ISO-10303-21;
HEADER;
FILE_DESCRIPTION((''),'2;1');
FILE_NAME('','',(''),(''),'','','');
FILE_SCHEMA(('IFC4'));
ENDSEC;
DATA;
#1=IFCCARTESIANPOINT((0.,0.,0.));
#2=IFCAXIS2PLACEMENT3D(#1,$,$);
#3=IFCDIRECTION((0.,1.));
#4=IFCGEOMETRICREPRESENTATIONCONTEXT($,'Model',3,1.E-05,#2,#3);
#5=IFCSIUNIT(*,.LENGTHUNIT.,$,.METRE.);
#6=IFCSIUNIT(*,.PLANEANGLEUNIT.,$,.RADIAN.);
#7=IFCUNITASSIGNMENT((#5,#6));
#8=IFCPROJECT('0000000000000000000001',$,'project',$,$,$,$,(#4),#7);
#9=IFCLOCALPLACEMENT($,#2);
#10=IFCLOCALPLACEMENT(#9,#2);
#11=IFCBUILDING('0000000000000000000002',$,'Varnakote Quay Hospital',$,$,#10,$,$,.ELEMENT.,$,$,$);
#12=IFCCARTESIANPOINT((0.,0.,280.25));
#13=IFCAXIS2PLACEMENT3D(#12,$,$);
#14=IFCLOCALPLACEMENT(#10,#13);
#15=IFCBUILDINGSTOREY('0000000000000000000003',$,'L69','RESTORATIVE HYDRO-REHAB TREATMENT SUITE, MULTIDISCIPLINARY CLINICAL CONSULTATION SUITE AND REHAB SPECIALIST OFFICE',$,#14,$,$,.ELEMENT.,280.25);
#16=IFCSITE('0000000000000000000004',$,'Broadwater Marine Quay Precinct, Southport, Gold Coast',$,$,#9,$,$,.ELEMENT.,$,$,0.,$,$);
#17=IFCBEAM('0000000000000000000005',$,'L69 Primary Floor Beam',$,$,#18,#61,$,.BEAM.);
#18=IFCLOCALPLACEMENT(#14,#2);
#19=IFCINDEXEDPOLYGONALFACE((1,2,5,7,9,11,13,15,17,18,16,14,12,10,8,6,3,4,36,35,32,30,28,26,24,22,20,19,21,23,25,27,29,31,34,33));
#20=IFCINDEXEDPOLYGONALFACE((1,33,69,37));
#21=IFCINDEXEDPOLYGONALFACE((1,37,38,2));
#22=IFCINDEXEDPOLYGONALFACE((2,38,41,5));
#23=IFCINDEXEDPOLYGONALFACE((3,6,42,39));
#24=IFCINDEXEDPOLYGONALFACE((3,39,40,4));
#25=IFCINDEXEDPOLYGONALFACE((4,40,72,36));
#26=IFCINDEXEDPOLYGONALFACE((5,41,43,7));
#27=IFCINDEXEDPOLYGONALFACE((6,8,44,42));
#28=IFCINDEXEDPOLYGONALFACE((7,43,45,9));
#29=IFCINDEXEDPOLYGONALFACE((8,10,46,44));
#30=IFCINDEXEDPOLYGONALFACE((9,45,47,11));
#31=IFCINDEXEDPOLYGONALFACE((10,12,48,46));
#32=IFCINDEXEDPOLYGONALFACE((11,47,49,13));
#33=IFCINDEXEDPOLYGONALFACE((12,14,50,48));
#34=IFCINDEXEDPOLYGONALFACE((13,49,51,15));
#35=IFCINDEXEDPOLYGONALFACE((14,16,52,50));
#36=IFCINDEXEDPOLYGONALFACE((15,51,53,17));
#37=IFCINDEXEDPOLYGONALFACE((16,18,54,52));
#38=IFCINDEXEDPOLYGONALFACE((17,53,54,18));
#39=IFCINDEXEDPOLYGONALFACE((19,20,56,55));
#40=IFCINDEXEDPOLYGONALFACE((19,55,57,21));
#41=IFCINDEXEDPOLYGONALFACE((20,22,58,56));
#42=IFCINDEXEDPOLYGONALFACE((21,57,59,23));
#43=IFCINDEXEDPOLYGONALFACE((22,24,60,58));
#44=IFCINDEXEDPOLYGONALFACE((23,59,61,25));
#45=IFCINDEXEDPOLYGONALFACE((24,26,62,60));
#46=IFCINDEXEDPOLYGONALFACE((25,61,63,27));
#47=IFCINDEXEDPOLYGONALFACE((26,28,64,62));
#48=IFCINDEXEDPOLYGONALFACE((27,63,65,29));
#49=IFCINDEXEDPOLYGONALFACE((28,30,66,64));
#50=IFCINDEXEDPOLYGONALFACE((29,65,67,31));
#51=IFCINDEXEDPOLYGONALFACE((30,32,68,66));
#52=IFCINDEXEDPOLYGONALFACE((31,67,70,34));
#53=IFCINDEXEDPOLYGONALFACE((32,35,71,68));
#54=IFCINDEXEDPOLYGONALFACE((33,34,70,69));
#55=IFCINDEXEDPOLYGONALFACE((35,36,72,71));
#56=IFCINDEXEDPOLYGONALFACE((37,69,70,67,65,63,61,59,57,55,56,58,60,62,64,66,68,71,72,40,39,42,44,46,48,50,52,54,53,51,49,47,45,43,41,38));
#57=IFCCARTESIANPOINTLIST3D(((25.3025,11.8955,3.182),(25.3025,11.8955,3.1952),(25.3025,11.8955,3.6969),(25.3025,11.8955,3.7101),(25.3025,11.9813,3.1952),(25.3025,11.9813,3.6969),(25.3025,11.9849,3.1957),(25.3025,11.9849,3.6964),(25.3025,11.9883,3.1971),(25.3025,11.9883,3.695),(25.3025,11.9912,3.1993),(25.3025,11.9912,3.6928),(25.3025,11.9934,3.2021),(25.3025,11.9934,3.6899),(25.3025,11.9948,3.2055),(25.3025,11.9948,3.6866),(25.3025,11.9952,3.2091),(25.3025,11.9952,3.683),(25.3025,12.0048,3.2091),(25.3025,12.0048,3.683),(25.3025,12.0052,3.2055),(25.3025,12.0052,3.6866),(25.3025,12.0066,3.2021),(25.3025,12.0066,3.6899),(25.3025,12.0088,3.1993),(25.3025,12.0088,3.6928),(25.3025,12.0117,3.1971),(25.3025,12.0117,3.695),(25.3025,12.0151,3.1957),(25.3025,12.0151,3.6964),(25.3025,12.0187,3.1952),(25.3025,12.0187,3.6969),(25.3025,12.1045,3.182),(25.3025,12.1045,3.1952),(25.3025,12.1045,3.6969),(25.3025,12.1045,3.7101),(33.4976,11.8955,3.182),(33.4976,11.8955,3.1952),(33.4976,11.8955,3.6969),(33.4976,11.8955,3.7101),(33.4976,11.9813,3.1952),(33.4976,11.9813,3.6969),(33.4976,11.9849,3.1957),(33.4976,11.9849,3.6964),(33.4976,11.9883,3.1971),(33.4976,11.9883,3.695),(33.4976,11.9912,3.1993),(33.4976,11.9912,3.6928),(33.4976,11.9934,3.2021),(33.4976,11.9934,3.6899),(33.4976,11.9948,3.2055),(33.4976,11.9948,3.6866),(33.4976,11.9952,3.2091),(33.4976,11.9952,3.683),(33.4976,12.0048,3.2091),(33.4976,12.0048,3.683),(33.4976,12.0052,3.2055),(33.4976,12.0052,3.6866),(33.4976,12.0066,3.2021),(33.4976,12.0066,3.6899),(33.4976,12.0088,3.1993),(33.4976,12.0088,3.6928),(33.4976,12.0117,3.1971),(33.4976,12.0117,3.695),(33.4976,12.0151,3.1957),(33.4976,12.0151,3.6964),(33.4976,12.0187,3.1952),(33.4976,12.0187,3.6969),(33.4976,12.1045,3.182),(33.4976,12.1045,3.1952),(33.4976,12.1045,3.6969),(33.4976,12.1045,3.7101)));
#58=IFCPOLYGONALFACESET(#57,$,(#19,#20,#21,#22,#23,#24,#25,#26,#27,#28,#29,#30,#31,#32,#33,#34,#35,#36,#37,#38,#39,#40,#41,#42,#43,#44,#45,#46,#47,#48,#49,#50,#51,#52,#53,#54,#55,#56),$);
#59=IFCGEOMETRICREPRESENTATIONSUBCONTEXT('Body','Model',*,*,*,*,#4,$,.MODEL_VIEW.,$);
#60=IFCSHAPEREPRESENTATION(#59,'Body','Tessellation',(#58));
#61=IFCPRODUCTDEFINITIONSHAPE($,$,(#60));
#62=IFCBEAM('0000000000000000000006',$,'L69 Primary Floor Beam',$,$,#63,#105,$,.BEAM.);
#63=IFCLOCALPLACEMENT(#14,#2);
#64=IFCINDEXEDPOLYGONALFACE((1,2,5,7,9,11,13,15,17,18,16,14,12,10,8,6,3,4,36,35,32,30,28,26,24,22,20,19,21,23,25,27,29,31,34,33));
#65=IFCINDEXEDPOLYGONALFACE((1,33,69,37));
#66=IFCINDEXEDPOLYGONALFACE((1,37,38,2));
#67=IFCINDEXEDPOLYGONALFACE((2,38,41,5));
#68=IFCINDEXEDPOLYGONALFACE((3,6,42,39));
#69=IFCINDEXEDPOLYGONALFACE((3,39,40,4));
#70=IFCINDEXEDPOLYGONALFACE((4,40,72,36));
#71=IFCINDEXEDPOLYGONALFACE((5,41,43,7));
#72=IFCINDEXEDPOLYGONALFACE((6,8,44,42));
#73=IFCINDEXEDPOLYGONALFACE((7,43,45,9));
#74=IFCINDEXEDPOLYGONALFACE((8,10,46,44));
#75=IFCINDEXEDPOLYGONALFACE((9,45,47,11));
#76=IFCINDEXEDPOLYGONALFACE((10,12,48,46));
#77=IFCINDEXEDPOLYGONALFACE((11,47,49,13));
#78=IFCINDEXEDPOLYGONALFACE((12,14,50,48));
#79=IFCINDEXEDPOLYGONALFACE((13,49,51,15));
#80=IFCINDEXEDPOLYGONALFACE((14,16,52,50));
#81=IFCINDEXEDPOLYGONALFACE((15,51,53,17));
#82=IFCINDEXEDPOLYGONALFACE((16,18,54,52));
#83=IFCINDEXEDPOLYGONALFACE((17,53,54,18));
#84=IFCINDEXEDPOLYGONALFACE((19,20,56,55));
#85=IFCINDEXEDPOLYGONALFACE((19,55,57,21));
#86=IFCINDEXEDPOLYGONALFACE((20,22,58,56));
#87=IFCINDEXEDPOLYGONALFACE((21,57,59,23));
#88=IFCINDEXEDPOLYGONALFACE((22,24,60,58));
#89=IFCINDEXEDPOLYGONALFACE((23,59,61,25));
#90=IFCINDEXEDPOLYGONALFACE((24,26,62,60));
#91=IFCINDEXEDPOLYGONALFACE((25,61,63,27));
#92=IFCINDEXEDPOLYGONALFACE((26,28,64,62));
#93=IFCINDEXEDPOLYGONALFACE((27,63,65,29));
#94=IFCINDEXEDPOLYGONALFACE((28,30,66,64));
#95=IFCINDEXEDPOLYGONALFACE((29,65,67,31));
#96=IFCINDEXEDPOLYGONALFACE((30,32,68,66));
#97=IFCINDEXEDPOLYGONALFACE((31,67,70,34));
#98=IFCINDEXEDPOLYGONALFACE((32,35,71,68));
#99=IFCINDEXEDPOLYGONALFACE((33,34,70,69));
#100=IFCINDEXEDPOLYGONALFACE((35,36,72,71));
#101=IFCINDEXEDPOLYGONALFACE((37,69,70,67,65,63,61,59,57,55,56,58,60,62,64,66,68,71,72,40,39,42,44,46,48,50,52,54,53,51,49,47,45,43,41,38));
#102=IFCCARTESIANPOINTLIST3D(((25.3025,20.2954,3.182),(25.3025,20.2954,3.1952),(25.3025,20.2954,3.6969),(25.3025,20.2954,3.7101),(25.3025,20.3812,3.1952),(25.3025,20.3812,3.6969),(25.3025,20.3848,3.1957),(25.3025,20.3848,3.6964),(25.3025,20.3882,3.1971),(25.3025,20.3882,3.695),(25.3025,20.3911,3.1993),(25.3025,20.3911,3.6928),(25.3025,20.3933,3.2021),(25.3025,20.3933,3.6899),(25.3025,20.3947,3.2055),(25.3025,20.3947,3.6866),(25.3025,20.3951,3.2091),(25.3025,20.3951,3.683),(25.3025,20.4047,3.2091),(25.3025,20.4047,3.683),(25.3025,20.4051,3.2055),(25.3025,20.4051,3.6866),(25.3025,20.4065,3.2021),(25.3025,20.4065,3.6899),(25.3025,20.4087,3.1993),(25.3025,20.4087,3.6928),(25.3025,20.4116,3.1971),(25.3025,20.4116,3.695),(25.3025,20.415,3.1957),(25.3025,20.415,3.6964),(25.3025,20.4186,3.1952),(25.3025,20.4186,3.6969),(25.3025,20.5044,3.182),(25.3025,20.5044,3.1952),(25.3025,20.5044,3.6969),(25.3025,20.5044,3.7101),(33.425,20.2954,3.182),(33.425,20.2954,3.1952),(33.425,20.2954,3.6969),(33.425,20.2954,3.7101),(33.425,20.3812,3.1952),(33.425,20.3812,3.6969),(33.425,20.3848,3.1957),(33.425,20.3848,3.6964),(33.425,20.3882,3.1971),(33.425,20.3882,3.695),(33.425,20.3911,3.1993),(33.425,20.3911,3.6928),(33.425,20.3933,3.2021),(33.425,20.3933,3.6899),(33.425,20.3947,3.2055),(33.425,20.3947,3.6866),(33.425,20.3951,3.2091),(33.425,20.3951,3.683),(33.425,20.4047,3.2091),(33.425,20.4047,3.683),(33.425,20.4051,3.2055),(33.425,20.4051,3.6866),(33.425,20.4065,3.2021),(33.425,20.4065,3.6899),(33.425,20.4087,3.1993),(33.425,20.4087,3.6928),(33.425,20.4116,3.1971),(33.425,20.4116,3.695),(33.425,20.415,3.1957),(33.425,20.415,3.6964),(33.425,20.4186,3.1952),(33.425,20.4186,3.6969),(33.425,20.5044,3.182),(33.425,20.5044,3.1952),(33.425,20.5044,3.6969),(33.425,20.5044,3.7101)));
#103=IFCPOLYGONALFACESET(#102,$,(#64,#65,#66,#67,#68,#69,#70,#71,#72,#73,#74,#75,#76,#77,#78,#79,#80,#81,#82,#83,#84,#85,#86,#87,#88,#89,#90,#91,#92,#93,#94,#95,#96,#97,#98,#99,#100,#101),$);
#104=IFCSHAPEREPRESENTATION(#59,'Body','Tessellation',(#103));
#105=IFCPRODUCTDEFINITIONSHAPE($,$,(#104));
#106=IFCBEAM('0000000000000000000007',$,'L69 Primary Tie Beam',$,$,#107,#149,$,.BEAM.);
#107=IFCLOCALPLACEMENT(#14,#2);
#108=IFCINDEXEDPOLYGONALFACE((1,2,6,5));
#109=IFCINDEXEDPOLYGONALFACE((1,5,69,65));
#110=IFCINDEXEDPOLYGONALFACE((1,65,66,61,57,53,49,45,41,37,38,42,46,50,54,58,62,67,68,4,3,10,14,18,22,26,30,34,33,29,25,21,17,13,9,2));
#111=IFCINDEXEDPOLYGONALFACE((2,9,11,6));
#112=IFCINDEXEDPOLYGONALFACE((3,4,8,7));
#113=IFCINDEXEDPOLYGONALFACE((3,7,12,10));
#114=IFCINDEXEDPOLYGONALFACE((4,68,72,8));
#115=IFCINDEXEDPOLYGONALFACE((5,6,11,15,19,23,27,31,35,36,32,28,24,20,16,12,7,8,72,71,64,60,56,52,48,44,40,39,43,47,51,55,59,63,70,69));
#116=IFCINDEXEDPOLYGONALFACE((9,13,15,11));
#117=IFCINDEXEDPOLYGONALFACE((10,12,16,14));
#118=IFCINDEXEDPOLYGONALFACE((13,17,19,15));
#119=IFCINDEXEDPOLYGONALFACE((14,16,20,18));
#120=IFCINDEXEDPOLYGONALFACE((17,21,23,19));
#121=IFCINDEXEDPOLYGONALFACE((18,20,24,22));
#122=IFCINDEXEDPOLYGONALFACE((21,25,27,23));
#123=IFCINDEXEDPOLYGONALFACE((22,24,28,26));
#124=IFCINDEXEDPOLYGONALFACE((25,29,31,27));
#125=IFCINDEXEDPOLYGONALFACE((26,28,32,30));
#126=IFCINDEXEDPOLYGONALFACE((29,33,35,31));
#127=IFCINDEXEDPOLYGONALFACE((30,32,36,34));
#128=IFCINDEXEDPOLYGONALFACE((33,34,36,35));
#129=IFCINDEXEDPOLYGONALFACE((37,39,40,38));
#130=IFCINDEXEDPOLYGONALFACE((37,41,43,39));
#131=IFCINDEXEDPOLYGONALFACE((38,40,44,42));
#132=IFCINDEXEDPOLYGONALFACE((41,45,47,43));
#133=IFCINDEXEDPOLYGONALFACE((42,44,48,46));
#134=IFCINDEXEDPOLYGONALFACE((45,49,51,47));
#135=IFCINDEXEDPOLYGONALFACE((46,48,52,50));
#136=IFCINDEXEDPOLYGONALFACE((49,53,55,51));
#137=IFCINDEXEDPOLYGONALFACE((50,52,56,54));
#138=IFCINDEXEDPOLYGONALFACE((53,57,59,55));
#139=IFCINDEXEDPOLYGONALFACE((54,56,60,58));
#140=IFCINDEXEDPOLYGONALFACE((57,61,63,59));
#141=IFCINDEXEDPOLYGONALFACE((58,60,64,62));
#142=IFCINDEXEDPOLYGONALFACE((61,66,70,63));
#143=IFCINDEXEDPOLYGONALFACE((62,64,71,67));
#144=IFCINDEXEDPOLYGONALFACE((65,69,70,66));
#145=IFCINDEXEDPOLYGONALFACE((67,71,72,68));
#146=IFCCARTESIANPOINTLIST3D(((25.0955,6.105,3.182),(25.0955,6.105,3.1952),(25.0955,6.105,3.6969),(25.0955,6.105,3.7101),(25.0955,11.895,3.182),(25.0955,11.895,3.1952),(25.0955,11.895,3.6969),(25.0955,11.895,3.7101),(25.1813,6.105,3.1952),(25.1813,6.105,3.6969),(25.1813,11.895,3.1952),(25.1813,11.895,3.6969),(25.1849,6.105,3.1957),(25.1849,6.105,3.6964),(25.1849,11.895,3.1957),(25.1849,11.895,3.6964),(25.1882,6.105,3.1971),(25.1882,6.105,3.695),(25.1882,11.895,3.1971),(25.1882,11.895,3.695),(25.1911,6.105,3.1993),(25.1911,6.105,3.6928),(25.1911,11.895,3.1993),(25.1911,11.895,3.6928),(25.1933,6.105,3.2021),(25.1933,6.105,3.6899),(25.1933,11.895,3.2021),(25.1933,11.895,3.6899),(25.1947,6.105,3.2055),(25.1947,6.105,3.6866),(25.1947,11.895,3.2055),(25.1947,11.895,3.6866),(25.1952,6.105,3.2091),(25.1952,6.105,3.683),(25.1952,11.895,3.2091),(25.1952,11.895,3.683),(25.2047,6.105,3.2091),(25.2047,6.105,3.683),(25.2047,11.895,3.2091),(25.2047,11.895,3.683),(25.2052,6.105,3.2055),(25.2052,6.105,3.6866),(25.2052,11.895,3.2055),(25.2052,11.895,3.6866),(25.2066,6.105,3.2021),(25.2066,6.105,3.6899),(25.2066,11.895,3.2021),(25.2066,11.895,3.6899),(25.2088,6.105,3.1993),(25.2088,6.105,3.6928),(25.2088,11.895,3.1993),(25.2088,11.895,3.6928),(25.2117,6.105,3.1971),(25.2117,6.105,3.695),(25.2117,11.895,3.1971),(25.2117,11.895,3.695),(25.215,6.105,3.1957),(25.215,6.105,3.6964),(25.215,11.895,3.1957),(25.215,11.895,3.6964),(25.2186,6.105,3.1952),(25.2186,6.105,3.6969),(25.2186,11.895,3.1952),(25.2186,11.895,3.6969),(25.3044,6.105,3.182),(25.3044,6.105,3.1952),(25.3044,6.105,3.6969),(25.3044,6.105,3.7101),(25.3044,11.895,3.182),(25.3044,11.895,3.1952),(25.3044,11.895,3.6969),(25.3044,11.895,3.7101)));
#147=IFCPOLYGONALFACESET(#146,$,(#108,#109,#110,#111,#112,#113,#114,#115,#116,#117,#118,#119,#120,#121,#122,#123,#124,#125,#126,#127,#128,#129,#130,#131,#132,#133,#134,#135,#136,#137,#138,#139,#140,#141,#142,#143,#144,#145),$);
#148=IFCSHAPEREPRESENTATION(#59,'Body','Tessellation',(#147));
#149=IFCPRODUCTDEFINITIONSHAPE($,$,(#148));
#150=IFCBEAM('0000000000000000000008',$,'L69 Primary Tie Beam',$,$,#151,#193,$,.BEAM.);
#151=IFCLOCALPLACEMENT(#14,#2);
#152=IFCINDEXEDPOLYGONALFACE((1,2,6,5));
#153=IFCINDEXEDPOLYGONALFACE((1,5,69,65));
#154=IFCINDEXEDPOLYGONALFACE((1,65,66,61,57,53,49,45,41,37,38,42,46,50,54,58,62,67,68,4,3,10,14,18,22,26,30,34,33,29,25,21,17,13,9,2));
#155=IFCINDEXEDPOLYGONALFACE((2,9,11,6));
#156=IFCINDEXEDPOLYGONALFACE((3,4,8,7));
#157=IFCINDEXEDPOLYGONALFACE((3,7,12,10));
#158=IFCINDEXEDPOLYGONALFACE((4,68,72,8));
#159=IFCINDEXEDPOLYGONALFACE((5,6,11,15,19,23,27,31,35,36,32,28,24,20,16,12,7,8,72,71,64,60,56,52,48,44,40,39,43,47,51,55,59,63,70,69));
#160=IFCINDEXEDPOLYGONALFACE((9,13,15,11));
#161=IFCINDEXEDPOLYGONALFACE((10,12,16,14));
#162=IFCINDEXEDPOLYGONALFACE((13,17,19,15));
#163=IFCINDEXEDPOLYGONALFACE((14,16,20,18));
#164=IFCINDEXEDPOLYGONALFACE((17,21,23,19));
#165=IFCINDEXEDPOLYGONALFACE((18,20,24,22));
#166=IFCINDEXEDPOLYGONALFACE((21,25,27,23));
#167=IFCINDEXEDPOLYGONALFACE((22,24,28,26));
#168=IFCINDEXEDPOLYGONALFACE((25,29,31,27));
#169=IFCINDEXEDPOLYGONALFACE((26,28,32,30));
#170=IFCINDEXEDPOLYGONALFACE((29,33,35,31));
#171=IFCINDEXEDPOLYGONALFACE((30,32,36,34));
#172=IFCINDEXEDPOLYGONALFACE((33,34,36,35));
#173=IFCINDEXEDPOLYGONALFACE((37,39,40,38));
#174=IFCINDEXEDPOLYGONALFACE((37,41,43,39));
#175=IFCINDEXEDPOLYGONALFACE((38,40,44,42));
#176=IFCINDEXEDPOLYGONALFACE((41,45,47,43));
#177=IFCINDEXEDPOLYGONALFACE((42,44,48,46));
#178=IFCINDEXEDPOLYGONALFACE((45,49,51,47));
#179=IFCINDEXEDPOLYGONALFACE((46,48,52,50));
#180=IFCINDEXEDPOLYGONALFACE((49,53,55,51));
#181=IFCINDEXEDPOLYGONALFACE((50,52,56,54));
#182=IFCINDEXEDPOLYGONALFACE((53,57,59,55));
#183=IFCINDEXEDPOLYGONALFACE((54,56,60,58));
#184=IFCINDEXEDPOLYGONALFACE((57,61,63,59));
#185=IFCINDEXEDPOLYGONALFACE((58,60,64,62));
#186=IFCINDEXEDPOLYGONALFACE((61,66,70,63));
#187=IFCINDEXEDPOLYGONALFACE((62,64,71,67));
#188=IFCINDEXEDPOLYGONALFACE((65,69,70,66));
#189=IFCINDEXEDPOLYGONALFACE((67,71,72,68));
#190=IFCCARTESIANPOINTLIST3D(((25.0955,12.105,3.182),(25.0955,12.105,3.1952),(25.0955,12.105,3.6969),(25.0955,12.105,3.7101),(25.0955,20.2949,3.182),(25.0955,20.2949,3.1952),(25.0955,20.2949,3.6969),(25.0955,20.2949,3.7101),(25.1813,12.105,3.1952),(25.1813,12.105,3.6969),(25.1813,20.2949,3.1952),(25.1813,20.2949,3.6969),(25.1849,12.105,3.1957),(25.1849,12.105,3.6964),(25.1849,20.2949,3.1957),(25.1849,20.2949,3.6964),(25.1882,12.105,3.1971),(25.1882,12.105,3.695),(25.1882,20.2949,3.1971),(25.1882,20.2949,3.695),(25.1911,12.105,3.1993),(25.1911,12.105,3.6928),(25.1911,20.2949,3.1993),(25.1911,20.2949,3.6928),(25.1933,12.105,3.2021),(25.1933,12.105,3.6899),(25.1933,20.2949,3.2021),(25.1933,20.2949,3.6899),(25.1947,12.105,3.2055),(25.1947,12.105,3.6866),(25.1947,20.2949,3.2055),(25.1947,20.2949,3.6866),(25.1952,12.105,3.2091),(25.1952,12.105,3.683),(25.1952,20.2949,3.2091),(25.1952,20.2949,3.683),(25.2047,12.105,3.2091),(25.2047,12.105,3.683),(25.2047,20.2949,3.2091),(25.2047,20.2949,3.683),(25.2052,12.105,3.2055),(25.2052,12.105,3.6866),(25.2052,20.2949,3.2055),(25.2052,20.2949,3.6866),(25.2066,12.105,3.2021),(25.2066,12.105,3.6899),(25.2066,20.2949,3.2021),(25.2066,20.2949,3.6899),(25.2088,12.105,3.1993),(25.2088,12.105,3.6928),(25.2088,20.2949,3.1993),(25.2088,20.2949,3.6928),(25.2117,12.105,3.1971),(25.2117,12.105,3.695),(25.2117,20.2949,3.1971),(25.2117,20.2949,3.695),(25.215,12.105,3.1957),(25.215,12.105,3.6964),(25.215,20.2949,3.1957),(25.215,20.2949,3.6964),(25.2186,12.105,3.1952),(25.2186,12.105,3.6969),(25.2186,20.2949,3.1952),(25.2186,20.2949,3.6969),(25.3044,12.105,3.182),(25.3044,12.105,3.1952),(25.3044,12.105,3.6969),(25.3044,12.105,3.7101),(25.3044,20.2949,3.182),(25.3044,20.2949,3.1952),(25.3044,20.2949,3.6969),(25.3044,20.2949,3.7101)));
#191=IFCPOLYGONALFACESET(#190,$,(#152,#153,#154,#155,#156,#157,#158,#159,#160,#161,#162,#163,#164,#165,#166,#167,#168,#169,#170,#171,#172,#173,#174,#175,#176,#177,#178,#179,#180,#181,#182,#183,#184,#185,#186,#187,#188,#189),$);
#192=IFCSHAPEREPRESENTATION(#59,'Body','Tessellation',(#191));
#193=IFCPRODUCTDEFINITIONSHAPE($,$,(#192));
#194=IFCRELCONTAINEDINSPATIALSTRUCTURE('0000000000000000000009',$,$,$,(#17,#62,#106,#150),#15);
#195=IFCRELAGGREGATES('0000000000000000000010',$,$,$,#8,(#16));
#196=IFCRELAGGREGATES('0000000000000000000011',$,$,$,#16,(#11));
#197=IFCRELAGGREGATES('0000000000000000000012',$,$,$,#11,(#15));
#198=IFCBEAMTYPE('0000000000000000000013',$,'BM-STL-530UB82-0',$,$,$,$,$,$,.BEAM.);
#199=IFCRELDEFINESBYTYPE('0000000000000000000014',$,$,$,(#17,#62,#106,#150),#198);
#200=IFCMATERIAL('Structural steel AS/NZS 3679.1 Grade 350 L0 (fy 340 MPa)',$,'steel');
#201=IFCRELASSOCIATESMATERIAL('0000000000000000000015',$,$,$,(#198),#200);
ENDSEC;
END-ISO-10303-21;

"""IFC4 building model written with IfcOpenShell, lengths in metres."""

from ifc_helpers import new_model, si_unit, direction, frame, origin, origin_2d, place, context, subcontext, project, spatial, i_section, extrude, material, material_profile, profile_set, type_object, element, save


model = new_model("IFC4")

# Units and contexts
model_context = context("Model", 3, precision=1e-05, world=origin(), true_north=direction((0.0, 1.0)))
body_context = subcontext(model_context, "Body", "Model", "MODEL_VIEW")
ifc_project = project(units=[si_unit("LENGTHUNIT", "METRE"), si_unit("PLANEANGLEUNIT", "RADIAN")], contexts=[model_context])

# Site, building, storey
site_placement = place(None, origin())
site = spatial("IfcSite", under=ifc_project, at=site_placement, Name="Broadwater Marine Quay Precinct, Southport, Gold Coast", CompositionType="ELEMENT", RefElevation=0.0)
building_placement = place(site_placement, origin())
building = spatial("IfcBuilding", under=site, at=building_placement, Name="Varnakote Quay Hospital", CompositionType="ELEMENT")
storey_placement = place(building_placement, frame((0.0, 0.0, 280.25)))
storey = spatial("IfcBuildingStorey", under=building, at=storey_placement, Name="L69", Description="RESTORATIVE HYDRO-REHAB TREATMENT SUITE, MULTIDISCIPLINARY CLINICAL CONSULTATION SUITE AND REHAB SPECIALIST OFFICE", CompositionType="ELEMENT", Elevation=280.25)

# Beams
ifc_material_1 = material(Name="Structural steel AS/NZS 3679.1 Grade 350 L0 (fy 340 MPa)", Category="steel")
ifc_material_profile_1 = material_profile(ifc_material_1, i_section(OverallWidth=0.209, OverallDepth=0.5281, WebThickness=0.0095, FlangeThickness=0.0132, FilletRadius=0.0139, at=origin_2d()), Name="530UB82.0")
ifc_profile_set_1 = profile_set([ifc_material_profile_1], Name="Structural steel AS/NZS 3679.1 Grade 350 L0 (fy 340 MPa)")
beam_type_1 = type_object("IfcBeamType", Name="BM-STL-530UB82-0", PredefinedType="BEAM", material=ifc_profile_set_1)
beam_1_placement = place(storey_placement, frame((25.3025, 12.0, 3.446), z_axis=(1.0, 0.0, 0.0), x_axis=(0.0, 1.0, 0.0)))
element("IfcBeam", 1, at=beam_1_placement, inside=storey, type_object=beam_type_1, Name="L69 Primary Floor Beam", PredefinedType="BEAM", context=body_context, shape_type="SweptSolid", body=[
    extrude(i_section(OverallWidth=0.209, OverallDepth=0.5281, WebThickness=0.0095, FlangeThickness=0.0132, FilletRadius=0.0139, at=origin_2d()), origin(), (0.0, 0.0, 1.0), 8.1951),
])
beam_2_placement = place(storey_placement, frame((25.3025, 20.3999, 3.446), z_axis=(1.0, 0.0, 0.0), x_axis=(0.0, 1.0, 0.0)))
element("IfcBeam", 2, at=beam_2_placement, inside=storey, type_object=beam_type_1, Name="L69 Primary Floor Beam", PredefinedType="BEAM", context=body_context, shape_type="SweptSolid", body=[
    extrude(i_section(OverallWidth=0.209, OverallDepth=0.5281, WebThickness=0.0095, FlangeThickness=0.0132, FilletRadius=0.0139, at=origin_2d()), origin(), (0.0, 0.0, 1.0), 8.1226),
])
beam_3_placement = place(storey_placement, frame((25.2, 6.105, 3.446), z_axis=(0.0, 1.0, 0.0), x_axis=(-1.0, 0.0, 0.0)))
element("IfcBeam", 3, at=beam_3_placement, inside=storey, type_object=beam_type_1, Name="L69 Primary Tie Beam", PredefinedType="BEAM", context=body_context, shape_type="SweptSolid", body=[
    extrude(i_section(OverallWidth=0.209, OverallDepth=0.5281, WebThickness=0.0095, FlangeThickness=0.0132, FilletRadius=0.0139, at=origin_2d()), origin(), (0.0, 0.0, 1.0), 5.79),
])
beam_4_placement = place(storey_placement, frame((25.2, 12.105, 3.446), z_axis=(0.0, 1.0, 0.0), x_axis=(-1.0, 0.0, 0.0)))
element("IfcBeam", 4, at=beam_4_placement, inside=storey, type_object=beam_type_1, Name="L69 Primary Tie Beam", PredefinedType="BEAM", context=body_context, shape_type="SweptSolid", body=[
    extrude(i_section(OverallWidth=0.209, OverallDepth=0.5281, WebThickness=0.0095, FlangeThickness=0.0132, FilletRadius=0.0139, at=origin_2d()), origin(), (0.0, 0.0, 1.0), 8.1899),
])

save(model, "model.ifc")
